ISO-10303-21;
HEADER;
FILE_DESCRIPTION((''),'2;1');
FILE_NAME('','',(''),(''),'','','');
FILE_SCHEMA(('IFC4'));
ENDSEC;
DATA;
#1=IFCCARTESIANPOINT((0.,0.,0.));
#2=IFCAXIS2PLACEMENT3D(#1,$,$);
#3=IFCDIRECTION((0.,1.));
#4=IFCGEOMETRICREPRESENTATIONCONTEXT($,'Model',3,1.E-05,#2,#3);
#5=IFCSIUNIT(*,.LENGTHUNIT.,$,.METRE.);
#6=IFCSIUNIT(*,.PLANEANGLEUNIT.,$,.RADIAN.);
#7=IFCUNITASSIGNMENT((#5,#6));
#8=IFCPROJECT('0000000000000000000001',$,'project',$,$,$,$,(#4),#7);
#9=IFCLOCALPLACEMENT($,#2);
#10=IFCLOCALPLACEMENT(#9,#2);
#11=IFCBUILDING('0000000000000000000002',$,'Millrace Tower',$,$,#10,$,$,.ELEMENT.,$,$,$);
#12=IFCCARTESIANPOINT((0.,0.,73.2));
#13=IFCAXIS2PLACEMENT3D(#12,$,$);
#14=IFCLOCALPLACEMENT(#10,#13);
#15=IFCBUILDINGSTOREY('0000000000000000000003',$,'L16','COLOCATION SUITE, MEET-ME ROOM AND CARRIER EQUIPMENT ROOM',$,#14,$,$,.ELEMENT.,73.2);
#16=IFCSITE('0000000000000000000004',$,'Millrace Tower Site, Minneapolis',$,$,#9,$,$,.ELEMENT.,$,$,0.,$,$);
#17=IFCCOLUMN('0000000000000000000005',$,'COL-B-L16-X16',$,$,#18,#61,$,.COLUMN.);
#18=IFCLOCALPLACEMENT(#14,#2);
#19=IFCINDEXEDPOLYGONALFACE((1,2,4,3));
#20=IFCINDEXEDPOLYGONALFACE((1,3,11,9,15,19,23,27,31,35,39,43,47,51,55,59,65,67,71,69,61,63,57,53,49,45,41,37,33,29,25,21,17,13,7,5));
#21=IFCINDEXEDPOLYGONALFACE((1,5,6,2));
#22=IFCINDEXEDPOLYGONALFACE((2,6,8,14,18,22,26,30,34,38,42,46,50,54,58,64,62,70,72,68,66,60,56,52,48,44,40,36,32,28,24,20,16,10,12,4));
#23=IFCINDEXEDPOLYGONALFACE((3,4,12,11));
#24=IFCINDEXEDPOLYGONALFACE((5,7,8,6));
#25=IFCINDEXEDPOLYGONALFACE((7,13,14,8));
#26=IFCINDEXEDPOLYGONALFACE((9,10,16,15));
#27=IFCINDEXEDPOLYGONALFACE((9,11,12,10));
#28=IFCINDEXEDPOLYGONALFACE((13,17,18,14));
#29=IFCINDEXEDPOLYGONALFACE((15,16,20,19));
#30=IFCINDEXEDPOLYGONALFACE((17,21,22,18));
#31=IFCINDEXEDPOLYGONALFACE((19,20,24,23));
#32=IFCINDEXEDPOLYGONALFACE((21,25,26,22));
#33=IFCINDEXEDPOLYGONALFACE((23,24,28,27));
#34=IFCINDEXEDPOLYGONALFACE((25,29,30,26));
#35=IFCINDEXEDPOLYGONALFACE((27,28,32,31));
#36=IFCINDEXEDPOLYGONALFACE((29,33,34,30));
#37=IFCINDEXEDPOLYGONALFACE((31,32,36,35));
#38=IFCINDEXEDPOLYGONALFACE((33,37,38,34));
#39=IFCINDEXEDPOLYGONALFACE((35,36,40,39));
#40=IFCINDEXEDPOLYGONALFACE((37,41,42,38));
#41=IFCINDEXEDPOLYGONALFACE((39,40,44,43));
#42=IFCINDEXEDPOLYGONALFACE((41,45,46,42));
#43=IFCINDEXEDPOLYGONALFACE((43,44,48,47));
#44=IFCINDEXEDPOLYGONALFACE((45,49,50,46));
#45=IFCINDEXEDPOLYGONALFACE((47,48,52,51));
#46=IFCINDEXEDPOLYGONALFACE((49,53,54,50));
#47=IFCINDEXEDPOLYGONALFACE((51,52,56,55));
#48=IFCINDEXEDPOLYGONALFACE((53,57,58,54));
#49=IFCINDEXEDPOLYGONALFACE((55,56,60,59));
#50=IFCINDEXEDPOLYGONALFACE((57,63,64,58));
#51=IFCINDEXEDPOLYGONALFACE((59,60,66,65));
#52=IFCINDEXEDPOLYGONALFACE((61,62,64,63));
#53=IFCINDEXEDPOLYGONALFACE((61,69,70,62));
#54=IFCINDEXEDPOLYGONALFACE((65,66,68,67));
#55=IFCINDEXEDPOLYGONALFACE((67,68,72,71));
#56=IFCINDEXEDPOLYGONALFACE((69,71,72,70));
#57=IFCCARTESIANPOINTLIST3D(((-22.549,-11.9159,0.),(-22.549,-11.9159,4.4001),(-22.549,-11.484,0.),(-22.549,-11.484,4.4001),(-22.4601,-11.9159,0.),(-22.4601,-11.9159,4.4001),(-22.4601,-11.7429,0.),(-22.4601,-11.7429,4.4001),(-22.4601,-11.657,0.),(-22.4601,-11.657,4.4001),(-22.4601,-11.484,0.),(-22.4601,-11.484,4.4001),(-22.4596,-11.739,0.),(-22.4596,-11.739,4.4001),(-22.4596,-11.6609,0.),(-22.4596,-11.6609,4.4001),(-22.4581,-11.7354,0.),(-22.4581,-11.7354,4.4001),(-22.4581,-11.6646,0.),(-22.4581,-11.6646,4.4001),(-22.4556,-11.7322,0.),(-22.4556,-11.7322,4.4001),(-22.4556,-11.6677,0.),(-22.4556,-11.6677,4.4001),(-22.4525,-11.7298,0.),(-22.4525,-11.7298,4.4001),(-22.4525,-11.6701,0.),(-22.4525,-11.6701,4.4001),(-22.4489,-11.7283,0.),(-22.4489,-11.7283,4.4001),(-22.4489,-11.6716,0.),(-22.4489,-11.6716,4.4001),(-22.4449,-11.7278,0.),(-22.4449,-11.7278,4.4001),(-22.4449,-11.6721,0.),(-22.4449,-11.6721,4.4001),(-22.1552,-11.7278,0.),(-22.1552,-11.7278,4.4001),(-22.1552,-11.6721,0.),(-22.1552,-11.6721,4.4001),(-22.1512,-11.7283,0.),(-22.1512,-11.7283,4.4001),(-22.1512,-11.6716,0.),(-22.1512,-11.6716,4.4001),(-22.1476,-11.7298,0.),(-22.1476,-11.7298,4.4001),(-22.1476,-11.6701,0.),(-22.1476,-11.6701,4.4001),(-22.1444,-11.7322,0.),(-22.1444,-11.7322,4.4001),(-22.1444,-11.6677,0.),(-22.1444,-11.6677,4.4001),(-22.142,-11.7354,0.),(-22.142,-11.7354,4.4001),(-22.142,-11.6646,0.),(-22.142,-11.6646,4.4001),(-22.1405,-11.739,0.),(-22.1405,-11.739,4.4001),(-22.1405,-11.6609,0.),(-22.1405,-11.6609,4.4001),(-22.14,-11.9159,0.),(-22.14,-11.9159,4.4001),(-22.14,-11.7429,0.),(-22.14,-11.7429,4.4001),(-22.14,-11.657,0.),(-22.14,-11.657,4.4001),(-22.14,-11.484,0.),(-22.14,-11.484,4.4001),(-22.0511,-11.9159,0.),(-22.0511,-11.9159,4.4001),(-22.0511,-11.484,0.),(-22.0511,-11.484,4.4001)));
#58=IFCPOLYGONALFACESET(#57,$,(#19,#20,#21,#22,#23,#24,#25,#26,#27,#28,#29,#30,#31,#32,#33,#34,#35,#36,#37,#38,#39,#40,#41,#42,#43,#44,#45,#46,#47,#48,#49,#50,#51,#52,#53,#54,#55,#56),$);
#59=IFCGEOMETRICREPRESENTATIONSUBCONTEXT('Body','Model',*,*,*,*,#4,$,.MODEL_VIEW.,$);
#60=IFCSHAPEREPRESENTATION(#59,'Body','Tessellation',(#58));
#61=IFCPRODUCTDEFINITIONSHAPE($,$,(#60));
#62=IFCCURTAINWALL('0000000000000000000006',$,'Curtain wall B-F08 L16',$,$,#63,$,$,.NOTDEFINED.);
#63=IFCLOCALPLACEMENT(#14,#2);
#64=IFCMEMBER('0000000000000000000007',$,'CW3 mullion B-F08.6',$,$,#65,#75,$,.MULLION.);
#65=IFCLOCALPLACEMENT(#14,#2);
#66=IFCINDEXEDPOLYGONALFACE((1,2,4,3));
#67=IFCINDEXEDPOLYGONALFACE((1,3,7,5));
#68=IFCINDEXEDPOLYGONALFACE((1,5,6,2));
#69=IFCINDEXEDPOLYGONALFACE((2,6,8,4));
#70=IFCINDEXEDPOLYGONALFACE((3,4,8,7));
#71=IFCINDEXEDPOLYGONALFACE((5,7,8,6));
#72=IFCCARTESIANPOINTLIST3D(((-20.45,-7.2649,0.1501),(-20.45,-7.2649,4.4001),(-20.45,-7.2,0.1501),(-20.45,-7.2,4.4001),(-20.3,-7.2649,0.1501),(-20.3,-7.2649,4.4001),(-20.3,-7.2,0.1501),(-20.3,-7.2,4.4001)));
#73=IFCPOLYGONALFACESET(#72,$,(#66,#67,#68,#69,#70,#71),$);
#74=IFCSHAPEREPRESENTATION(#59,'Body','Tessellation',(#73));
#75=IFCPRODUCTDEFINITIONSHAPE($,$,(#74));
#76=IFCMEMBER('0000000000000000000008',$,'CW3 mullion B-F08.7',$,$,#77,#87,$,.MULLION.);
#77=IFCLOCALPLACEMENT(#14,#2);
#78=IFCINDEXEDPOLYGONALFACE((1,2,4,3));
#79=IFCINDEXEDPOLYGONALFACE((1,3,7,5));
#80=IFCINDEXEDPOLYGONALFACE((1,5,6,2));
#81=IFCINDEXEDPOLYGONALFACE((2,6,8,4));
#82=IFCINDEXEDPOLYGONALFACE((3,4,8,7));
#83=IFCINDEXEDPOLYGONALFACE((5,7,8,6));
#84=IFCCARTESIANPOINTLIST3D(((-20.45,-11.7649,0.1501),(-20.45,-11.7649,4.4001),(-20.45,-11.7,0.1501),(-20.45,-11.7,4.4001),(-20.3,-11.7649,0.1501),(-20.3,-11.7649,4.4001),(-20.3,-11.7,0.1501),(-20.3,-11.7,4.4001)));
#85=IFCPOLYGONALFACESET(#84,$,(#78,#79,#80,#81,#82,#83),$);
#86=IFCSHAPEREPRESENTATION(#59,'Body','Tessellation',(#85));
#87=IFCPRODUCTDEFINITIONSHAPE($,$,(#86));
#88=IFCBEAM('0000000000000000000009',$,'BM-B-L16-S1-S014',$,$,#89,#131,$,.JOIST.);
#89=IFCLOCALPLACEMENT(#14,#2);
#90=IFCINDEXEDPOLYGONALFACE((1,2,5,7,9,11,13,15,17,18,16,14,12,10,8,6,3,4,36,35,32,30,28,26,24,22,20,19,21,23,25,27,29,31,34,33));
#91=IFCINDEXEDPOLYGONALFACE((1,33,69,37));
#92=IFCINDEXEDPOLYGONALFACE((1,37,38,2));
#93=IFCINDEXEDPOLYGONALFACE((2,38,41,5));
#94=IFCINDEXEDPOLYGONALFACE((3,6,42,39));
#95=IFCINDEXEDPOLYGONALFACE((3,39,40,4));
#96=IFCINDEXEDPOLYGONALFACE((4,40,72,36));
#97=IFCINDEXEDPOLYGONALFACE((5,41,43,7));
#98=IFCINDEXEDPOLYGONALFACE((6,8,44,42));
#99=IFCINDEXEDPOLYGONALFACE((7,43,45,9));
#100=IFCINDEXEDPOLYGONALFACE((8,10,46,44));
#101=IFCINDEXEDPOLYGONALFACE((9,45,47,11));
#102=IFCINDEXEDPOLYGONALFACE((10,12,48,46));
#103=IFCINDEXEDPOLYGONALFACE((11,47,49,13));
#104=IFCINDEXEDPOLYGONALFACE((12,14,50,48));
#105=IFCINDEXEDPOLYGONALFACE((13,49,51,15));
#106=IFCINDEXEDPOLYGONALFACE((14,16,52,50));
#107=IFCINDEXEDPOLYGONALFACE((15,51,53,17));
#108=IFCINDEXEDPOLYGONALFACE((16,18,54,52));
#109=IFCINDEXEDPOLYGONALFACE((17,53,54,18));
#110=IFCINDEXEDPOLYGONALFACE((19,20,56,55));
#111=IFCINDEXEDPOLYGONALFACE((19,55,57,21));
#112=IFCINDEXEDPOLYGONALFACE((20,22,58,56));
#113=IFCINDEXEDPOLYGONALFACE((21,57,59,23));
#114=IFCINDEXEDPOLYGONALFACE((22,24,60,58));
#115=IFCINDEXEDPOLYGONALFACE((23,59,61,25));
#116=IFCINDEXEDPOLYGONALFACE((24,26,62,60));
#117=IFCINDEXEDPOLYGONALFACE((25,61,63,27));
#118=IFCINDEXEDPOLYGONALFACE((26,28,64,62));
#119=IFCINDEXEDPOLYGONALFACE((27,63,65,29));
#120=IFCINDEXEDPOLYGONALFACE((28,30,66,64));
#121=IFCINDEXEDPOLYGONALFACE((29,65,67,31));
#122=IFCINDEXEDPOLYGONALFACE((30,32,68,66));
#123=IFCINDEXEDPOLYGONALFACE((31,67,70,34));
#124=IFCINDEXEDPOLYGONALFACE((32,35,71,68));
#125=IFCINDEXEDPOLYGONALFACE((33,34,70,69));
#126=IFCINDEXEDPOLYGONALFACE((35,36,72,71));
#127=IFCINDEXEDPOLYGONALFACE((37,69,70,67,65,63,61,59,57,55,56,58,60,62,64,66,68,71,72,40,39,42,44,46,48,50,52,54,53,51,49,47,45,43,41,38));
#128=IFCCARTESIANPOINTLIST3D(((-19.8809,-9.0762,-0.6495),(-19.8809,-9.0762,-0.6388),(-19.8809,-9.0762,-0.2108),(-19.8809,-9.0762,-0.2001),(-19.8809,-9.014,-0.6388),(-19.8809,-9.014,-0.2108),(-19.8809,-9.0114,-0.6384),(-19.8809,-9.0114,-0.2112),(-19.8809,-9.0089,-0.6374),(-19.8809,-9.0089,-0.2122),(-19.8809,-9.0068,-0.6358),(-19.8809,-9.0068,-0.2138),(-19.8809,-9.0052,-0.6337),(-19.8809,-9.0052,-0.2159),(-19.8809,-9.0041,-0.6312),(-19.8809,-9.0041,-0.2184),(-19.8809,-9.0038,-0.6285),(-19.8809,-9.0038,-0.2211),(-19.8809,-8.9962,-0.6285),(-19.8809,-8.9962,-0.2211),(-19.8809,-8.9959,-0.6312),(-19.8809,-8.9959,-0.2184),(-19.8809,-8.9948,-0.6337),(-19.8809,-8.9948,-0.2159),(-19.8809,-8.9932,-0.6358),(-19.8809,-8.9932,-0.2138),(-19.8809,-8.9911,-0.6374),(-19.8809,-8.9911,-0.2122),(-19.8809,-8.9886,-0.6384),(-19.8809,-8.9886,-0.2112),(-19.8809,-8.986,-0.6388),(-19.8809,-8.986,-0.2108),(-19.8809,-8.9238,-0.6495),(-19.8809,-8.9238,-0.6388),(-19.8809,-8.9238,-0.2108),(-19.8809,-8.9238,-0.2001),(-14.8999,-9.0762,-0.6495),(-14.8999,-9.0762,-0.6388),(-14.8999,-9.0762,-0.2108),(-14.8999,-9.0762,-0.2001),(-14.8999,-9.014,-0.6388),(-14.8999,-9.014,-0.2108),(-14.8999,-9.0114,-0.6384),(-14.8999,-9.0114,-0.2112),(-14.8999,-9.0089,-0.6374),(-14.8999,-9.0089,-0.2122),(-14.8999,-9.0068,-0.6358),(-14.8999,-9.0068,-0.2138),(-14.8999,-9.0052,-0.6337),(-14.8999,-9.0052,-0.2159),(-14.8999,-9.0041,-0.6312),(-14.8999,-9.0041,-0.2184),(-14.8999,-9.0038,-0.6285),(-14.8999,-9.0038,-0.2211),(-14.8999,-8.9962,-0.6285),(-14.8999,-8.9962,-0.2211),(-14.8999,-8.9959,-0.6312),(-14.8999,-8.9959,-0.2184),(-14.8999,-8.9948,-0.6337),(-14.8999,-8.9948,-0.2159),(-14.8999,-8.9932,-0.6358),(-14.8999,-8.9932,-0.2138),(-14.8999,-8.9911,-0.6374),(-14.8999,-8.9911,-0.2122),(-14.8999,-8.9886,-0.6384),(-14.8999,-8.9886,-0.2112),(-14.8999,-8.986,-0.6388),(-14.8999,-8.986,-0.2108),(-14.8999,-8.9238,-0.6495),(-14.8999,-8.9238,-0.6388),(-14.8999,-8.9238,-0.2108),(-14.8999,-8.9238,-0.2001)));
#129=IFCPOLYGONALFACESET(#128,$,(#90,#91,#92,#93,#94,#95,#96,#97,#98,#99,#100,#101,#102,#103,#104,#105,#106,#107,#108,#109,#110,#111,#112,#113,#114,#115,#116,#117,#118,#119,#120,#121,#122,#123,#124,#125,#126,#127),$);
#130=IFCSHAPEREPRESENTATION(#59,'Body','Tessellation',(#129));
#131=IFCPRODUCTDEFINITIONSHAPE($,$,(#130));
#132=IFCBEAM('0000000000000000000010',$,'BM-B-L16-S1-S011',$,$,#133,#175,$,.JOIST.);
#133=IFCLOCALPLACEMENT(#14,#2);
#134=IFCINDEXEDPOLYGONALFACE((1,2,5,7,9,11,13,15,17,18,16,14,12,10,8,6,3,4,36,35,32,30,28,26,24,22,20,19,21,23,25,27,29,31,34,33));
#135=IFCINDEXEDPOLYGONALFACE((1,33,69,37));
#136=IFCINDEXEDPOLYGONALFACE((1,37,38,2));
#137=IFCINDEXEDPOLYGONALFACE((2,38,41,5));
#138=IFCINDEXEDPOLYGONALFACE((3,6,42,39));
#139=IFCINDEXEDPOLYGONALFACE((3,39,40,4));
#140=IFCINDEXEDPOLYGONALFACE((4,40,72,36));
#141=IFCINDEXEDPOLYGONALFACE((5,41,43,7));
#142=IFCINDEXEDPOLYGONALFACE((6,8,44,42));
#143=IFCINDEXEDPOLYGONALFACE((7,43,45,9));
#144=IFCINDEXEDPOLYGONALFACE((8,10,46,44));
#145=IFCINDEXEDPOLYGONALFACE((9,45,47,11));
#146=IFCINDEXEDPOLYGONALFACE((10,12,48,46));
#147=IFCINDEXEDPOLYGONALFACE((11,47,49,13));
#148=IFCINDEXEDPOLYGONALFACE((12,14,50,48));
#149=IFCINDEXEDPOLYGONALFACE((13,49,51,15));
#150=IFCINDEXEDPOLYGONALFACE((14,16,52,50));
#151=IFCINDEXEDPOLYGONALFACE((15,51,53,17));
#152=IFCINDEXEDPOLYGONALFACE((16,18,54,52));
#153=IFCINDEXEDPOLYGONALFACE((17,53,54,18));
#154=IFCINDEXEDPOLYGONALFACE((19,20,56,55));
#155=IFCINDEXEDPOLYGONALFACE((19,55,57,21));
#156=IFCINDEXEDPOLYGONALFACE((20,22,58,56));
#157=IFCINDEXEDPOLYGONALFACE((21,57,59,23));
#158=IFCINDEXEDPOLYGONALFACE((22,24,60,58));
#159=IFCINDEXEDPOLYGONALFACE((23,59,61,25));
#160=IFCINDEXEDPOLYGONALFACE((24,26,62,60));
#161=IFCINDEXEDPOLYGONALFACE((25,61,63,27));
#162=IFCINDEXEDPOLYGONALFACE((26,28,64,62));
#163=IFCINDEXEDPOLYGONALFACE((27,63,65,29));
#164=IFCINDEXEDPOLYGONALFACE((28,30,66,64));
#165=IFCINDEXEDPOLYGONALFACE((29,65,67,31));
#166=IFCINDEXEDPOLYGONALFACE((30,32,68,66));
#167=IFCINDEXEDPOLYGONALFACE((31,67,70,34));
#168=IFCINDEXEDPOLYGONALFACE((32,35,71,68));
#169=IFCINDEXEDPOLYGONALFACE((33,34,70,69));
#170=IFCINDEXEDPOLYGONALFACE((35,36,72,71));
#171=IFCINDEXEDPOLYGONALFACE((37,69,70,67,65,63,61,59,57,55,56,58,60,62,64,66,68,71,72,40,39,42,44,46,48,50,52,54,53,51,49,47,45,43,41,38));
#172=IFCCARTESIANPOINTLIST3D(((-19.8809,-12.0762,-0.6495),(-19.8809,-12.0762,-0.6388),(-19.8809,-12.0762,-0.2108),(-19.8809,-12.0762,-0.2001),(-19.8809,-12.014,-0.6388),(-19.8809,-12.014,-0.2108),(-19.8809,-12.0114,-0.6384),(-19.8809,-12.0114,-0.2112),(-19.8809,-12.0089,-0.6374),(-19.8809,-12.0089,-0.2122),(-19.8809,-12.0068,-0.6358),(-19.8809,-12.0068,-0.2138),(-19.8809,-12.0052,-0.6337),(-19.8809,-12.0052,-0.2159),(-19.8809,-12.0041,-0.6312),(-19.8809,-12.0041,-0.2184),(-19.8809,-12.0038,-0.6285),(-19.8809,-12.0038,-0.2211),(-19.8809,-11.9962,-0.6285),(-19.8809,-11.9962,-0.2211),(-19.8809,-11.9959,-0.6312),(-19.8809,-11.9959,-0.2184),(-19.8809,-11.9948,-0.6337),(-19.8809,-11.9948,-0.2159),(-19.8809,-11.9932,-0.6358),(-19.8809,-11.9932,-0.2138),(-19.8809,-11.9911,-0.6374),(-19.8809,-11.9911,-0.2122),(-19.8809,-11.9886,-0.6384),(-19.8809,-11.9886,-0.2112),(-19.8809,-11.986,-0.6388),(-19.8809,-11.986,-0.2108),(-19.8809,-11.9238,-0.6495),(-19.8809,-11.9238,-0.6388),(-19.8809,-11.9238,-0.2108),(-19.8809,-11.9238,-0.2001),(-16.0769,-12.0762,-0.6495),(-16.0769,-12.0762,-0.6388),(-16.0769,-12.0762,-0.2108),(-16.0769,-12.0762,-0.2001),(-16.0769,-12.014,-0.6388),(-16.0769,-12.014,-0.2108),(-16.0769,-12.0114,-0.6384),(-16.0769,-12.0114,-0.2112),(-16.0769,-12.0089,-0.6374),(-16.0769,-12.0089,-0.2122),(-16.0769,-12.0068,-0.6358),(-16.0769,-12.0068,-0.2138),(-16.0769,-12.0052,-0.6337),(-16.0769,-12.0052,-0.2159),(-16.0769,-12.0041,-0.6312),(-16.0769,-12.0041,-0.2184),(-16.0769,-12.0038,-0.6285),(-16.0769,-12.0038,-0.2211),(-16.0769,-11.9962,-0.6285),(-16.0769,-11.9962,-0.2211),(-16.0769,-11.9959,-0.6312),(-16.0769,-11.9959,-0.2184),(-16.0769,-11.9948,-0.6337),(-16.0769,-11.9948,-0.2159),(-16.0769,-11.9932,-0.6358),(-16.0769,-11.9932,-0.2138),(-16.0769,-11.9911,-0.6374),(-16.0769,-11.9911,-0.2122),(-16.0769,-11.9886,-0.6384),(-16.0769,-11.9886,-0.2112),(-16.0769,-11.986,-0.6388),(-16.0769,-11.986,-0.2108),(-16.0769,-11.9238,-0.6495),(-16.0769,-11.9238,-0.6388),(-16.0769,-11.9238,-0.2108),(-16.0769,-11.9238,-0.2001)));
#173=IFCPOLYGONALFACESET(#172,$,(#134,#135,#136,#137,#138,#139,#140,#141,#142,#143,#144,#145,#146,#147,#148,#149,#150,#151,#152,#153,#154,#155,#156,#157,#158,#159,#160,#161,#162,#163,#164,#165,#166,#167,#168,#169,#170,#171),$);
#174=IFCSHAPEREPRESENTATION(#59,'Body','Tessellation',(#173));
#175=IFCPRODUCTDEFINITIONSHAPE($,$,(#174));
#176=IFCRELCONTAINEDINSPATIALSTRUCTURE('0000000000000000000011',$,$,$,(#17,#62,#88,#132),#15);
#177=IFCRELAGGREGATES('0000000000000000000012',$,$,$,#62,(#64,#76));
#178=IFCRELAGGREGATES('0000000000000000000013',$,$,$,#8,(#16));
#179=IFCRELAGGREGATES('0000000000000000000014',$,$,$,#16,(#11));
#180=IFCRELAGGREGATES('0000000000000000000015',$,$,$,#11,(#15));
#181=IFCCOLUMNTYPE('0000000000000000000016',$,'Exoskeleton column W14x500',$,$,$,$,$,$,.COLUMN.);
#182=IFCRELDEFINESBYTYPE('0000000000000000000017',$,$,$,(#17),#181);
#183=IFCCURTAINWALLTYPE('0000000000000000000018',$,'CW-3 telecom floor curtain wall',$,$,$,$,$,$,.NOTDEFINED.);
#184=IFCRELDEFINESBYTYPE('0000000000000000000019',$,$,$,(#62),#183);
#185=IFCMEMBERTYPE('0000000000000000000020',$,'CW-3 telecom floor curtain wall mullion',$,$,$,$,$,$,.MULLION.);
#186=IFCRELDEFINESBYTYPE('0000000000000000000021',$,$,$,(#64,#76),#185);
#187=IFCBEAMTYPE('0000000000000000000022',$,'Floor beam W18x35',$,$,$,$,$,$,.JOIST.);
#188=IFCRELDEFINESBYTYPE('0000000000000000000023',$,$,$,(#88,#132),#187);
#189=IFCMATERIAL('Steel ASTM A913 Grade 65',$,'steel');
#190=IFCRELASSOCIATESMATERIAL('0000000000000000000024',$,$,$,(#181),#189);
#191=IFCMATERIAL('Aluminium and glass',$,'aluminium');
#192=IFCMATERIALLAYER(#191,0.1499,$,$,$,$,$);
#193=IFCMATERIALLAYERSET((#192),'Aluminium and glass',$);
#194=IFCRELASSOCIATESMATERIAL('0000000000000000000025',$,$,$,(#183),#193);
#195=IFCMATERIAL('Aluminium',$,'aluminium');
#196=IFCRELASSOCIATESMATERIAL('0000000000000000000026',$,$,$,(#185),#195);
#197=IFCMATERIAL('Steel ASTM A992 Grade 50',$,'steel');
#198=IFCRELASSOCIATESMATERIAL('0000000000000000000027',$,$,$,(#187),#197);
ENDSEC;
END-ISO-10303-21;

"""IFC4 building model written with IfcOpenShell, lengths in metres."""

from ifc_helpers import new_model, si_unit, direction, frame, origin, origin_2d, place, context, subcontext, project, spatial, rectangle, i_section, extrude, material, layer, layer_set, material_profile, profile_set, type_object, element, aggregate, save


model = new_model("IFC4")

# Units and contexts
model_context = context("Model", 3, precision=1e-05, world=origin(), true_north=direction((0.0, 1.0)))
body_context = subcontext(model_context, "Body", "Model", "MODEL_VIEW")
ifc_project = project(units=[si_unit("LENGTHUNIT", "METRE"), si_unit("PLANEANGLEUNIT", "RADIAN")], contexts=[model_context])

# Site, building, storey
site_placement = place(None, origin())
site = spatial("IfcSite", under=ifc_project, at=site_placement, Name="Millrace Tower Site, Minneapolis", CompositionType="ELEMENT", RefElevation=0.0)
building_placement = place(site_placement, origin())
building = spatial("IfcBuilding", under=site, at=building_placement, Name="Millrace Tower", CompositionType="ELEMENT")
storey_placement = place(building_placement, frame((0.0, 0.0, 73.2)))
storey = spatial("IfcBuildingStorey", under=building, at=storey_placement, Name="L16", Description="COLOCATION SUITE, MEET-ME ROOM AND CARRIER EQUIPMENT ROOM", CompositionType="ELEMENT", Elevation=73.2)

# Column
ifc_material_1 = material(Name="Steel ASTM A913 Grade 65", Category="steel")
ifc_material_profile_1 = material_profile(ifc_material_1, i_section(OverallWidth=0.4319, OverallDepth=0.4978, WebThickness=0.0557, FlangeThickness=0.0889, FilletRadius=0.0151, at=origin_2d()))
ifc_profile_set_1 = profile_set([ifc_material_profile_1], Name="Steel ASTM A913 Grade 65")
column_type = type_object("IfcColumnType", Name="Exoskeleton column W14x500", PredefinedType="COLUMN", material=ifc_profile_set_1)
column_placement = place(storey_placement, frame((-22.3, -11.7, 0.0), z_axis=(0.0, 0.0, 1.0), x_axis=(0.0, -1.0, 0.0)))
element("IfcColumn", 1, at=column_placement, inside=storey, type_object=column_type, Name="COL-B-L16-X16", PredefinedType="COLUMN", context=body_context, shape_type="SweptSolid", body=[
    extrude(i_section(OverallWidth=0.4319, OverallDepth=0.4978, WebThickness=0.0557, FlangeThickness=0.0889, FilletRadius=0.0151, at=origin_2d()), origin(), (0.0, 0.0, 1.0), 4.4001),
])

# Curtain wall, members
ifc_material_2 = material(Name="Aluminium and glass", Category="aluminium")
ifc_layer_1 = layer(ifc_material_2, 0.1499)
ifc_layer_set_1 = layer_set([ifc_layer_1], Name="Aluminium and glass")
curtain_wall_type = type_object("IfcCurtainWallType", Name="CW-3 telecom floor curtain wall", PredefinedType="NOTDEFINED", material=ifc_layer_set_1)
curtain_wall_placement = place(storey_placement, origin())
curtain_wall = element("IfcCurtainWall", 2, at=curtain_wall_placement, inside=storey, type_object=curtain_wall_type, Name="Curtain wall B-F08 L16", PredefinedType="NOTDEFINED")
ifc_material_3 = material(Name="Aluminium", Category="aluminium")
ifc_material_profile_2 = material_profile(ifc_material_3, rectangle(XDim=0.0649, YDim=0.1499, at=origin_2d()))
ifc_profile_set_2 = profile_set([ifc_material_profile_2], Name="Aluminium")
member_type = type_object("IfcMemberType", Name="CW-3 telecom floor curtain wall mullion", PredefinedType="MULLION", material=ifc_profile_set_2)
member_1_placement = place(storey_placement, frame((-20.375, -7.2324, 0.1501), z_axis=(0.0, 0.0, 1.0), x_axis=(0.0, -1.0, 0.0)))
member_1 = element("IfcMember", 3, at=member_1_placement, type_object=member_type, Name="CW3 mullion B-F08.6", PredefinedType="MULLION", context=body_context, shape_type="SweptSolid", body=[
    extrude(rectangle(XDim=0.0649, YDim=0.1499, at=origin_2d()), origin(), (0.0, 0.0, 1.0), 4.25),
])
member_2_placement = place(storey_placement, frame((-20.375, -11.7324, 0.1501), z_axis=(0.0, 0.0, 1.0), x_axis=(0.0, -1.0, 0.0)))
member_2 = element("IfcMember", 4, at=member_2_placement, type_object=member_type, Name="CW3 mullion B-F08.7", PredefinedType="MULLION", context=body_context, shape_type="SweptSolid", body=[
    extrude(rectangle(XDim=0.0649, YDim=0.1499, at=origin_2d()), origin(), (0.0, 0.0, 1.0), 4.25),
])
aggregate(curtain_wall, [member_1, member_2])

# Beams
ifc_material_4 = material(Name="Steel ASTM A992 Grade 50", Category="steel")
ifc_material_profile_3 = material_profile(ifc_material_4, i_section(OverallWidth=0.1523, OverallDepth=0.4495, WebThickness=0.0076, FlangeThickness=0.0107, FilletRadius=0.0103, at=origin_2d()))
ifc_profile_set_3 = profile_set([ifc_material_profile_3], Name="Steel ASTM A992 Grade 50")
beam_type_1 = type_object("IfcBeamType", Name="Floor beam W18x35", PredefinedType="JOIST", material=ifc_profile_set_3)
beam_1_placement = place(storey_placement, frame((-19.8809, -9.0, -0.4248), z_axis=(1.0, 0.0, 0.0), x_axis=(0.0, 1.0, 0.0)))
element("IfcBeam", 5, at=beam_1_placement, inside=storey, type_object=beam_type_1, Name="BM-B-L16-S1-S014", PredefinedType="JOIST", context=body_context, shape_type="SweptSolid", body=[
    extrude(i_section(OverallWidth=0.1523, OverallDepth=0.4495, WebThickness=0.0076, FlangeThickness=0.0107, FilletRadius=0.0103, at=origin_2d()), origin(), (0.0, 0.0, 1.0), 4.981),
])
beam_2_placement = place(storey_placement, frame((-19.8809, -12.0, -0.4248), z_axis=(1.0, 0.0, 0.0), x_axis=(0.0, 1.0, 0.0)))
element("IfcBeam", 6, at=beam_2_placement, inside=storey, type_object=beam_type_1, Name="BM-B-L16-S1-S011", PredefinedType="JOIST", context=body_context, shape_type="SweptSolid", body=[
    extrude(i_section(OverallWidth=0.1523, OverallDepth=0.4495, WebThickness=0.0076, FlangeThickness=0.0107, FilletRadius=0.0103, at=origin_2d()), origin(), (0.0, 0.0, 1.0), 3.804),
])

save(model, "model.ifc")
